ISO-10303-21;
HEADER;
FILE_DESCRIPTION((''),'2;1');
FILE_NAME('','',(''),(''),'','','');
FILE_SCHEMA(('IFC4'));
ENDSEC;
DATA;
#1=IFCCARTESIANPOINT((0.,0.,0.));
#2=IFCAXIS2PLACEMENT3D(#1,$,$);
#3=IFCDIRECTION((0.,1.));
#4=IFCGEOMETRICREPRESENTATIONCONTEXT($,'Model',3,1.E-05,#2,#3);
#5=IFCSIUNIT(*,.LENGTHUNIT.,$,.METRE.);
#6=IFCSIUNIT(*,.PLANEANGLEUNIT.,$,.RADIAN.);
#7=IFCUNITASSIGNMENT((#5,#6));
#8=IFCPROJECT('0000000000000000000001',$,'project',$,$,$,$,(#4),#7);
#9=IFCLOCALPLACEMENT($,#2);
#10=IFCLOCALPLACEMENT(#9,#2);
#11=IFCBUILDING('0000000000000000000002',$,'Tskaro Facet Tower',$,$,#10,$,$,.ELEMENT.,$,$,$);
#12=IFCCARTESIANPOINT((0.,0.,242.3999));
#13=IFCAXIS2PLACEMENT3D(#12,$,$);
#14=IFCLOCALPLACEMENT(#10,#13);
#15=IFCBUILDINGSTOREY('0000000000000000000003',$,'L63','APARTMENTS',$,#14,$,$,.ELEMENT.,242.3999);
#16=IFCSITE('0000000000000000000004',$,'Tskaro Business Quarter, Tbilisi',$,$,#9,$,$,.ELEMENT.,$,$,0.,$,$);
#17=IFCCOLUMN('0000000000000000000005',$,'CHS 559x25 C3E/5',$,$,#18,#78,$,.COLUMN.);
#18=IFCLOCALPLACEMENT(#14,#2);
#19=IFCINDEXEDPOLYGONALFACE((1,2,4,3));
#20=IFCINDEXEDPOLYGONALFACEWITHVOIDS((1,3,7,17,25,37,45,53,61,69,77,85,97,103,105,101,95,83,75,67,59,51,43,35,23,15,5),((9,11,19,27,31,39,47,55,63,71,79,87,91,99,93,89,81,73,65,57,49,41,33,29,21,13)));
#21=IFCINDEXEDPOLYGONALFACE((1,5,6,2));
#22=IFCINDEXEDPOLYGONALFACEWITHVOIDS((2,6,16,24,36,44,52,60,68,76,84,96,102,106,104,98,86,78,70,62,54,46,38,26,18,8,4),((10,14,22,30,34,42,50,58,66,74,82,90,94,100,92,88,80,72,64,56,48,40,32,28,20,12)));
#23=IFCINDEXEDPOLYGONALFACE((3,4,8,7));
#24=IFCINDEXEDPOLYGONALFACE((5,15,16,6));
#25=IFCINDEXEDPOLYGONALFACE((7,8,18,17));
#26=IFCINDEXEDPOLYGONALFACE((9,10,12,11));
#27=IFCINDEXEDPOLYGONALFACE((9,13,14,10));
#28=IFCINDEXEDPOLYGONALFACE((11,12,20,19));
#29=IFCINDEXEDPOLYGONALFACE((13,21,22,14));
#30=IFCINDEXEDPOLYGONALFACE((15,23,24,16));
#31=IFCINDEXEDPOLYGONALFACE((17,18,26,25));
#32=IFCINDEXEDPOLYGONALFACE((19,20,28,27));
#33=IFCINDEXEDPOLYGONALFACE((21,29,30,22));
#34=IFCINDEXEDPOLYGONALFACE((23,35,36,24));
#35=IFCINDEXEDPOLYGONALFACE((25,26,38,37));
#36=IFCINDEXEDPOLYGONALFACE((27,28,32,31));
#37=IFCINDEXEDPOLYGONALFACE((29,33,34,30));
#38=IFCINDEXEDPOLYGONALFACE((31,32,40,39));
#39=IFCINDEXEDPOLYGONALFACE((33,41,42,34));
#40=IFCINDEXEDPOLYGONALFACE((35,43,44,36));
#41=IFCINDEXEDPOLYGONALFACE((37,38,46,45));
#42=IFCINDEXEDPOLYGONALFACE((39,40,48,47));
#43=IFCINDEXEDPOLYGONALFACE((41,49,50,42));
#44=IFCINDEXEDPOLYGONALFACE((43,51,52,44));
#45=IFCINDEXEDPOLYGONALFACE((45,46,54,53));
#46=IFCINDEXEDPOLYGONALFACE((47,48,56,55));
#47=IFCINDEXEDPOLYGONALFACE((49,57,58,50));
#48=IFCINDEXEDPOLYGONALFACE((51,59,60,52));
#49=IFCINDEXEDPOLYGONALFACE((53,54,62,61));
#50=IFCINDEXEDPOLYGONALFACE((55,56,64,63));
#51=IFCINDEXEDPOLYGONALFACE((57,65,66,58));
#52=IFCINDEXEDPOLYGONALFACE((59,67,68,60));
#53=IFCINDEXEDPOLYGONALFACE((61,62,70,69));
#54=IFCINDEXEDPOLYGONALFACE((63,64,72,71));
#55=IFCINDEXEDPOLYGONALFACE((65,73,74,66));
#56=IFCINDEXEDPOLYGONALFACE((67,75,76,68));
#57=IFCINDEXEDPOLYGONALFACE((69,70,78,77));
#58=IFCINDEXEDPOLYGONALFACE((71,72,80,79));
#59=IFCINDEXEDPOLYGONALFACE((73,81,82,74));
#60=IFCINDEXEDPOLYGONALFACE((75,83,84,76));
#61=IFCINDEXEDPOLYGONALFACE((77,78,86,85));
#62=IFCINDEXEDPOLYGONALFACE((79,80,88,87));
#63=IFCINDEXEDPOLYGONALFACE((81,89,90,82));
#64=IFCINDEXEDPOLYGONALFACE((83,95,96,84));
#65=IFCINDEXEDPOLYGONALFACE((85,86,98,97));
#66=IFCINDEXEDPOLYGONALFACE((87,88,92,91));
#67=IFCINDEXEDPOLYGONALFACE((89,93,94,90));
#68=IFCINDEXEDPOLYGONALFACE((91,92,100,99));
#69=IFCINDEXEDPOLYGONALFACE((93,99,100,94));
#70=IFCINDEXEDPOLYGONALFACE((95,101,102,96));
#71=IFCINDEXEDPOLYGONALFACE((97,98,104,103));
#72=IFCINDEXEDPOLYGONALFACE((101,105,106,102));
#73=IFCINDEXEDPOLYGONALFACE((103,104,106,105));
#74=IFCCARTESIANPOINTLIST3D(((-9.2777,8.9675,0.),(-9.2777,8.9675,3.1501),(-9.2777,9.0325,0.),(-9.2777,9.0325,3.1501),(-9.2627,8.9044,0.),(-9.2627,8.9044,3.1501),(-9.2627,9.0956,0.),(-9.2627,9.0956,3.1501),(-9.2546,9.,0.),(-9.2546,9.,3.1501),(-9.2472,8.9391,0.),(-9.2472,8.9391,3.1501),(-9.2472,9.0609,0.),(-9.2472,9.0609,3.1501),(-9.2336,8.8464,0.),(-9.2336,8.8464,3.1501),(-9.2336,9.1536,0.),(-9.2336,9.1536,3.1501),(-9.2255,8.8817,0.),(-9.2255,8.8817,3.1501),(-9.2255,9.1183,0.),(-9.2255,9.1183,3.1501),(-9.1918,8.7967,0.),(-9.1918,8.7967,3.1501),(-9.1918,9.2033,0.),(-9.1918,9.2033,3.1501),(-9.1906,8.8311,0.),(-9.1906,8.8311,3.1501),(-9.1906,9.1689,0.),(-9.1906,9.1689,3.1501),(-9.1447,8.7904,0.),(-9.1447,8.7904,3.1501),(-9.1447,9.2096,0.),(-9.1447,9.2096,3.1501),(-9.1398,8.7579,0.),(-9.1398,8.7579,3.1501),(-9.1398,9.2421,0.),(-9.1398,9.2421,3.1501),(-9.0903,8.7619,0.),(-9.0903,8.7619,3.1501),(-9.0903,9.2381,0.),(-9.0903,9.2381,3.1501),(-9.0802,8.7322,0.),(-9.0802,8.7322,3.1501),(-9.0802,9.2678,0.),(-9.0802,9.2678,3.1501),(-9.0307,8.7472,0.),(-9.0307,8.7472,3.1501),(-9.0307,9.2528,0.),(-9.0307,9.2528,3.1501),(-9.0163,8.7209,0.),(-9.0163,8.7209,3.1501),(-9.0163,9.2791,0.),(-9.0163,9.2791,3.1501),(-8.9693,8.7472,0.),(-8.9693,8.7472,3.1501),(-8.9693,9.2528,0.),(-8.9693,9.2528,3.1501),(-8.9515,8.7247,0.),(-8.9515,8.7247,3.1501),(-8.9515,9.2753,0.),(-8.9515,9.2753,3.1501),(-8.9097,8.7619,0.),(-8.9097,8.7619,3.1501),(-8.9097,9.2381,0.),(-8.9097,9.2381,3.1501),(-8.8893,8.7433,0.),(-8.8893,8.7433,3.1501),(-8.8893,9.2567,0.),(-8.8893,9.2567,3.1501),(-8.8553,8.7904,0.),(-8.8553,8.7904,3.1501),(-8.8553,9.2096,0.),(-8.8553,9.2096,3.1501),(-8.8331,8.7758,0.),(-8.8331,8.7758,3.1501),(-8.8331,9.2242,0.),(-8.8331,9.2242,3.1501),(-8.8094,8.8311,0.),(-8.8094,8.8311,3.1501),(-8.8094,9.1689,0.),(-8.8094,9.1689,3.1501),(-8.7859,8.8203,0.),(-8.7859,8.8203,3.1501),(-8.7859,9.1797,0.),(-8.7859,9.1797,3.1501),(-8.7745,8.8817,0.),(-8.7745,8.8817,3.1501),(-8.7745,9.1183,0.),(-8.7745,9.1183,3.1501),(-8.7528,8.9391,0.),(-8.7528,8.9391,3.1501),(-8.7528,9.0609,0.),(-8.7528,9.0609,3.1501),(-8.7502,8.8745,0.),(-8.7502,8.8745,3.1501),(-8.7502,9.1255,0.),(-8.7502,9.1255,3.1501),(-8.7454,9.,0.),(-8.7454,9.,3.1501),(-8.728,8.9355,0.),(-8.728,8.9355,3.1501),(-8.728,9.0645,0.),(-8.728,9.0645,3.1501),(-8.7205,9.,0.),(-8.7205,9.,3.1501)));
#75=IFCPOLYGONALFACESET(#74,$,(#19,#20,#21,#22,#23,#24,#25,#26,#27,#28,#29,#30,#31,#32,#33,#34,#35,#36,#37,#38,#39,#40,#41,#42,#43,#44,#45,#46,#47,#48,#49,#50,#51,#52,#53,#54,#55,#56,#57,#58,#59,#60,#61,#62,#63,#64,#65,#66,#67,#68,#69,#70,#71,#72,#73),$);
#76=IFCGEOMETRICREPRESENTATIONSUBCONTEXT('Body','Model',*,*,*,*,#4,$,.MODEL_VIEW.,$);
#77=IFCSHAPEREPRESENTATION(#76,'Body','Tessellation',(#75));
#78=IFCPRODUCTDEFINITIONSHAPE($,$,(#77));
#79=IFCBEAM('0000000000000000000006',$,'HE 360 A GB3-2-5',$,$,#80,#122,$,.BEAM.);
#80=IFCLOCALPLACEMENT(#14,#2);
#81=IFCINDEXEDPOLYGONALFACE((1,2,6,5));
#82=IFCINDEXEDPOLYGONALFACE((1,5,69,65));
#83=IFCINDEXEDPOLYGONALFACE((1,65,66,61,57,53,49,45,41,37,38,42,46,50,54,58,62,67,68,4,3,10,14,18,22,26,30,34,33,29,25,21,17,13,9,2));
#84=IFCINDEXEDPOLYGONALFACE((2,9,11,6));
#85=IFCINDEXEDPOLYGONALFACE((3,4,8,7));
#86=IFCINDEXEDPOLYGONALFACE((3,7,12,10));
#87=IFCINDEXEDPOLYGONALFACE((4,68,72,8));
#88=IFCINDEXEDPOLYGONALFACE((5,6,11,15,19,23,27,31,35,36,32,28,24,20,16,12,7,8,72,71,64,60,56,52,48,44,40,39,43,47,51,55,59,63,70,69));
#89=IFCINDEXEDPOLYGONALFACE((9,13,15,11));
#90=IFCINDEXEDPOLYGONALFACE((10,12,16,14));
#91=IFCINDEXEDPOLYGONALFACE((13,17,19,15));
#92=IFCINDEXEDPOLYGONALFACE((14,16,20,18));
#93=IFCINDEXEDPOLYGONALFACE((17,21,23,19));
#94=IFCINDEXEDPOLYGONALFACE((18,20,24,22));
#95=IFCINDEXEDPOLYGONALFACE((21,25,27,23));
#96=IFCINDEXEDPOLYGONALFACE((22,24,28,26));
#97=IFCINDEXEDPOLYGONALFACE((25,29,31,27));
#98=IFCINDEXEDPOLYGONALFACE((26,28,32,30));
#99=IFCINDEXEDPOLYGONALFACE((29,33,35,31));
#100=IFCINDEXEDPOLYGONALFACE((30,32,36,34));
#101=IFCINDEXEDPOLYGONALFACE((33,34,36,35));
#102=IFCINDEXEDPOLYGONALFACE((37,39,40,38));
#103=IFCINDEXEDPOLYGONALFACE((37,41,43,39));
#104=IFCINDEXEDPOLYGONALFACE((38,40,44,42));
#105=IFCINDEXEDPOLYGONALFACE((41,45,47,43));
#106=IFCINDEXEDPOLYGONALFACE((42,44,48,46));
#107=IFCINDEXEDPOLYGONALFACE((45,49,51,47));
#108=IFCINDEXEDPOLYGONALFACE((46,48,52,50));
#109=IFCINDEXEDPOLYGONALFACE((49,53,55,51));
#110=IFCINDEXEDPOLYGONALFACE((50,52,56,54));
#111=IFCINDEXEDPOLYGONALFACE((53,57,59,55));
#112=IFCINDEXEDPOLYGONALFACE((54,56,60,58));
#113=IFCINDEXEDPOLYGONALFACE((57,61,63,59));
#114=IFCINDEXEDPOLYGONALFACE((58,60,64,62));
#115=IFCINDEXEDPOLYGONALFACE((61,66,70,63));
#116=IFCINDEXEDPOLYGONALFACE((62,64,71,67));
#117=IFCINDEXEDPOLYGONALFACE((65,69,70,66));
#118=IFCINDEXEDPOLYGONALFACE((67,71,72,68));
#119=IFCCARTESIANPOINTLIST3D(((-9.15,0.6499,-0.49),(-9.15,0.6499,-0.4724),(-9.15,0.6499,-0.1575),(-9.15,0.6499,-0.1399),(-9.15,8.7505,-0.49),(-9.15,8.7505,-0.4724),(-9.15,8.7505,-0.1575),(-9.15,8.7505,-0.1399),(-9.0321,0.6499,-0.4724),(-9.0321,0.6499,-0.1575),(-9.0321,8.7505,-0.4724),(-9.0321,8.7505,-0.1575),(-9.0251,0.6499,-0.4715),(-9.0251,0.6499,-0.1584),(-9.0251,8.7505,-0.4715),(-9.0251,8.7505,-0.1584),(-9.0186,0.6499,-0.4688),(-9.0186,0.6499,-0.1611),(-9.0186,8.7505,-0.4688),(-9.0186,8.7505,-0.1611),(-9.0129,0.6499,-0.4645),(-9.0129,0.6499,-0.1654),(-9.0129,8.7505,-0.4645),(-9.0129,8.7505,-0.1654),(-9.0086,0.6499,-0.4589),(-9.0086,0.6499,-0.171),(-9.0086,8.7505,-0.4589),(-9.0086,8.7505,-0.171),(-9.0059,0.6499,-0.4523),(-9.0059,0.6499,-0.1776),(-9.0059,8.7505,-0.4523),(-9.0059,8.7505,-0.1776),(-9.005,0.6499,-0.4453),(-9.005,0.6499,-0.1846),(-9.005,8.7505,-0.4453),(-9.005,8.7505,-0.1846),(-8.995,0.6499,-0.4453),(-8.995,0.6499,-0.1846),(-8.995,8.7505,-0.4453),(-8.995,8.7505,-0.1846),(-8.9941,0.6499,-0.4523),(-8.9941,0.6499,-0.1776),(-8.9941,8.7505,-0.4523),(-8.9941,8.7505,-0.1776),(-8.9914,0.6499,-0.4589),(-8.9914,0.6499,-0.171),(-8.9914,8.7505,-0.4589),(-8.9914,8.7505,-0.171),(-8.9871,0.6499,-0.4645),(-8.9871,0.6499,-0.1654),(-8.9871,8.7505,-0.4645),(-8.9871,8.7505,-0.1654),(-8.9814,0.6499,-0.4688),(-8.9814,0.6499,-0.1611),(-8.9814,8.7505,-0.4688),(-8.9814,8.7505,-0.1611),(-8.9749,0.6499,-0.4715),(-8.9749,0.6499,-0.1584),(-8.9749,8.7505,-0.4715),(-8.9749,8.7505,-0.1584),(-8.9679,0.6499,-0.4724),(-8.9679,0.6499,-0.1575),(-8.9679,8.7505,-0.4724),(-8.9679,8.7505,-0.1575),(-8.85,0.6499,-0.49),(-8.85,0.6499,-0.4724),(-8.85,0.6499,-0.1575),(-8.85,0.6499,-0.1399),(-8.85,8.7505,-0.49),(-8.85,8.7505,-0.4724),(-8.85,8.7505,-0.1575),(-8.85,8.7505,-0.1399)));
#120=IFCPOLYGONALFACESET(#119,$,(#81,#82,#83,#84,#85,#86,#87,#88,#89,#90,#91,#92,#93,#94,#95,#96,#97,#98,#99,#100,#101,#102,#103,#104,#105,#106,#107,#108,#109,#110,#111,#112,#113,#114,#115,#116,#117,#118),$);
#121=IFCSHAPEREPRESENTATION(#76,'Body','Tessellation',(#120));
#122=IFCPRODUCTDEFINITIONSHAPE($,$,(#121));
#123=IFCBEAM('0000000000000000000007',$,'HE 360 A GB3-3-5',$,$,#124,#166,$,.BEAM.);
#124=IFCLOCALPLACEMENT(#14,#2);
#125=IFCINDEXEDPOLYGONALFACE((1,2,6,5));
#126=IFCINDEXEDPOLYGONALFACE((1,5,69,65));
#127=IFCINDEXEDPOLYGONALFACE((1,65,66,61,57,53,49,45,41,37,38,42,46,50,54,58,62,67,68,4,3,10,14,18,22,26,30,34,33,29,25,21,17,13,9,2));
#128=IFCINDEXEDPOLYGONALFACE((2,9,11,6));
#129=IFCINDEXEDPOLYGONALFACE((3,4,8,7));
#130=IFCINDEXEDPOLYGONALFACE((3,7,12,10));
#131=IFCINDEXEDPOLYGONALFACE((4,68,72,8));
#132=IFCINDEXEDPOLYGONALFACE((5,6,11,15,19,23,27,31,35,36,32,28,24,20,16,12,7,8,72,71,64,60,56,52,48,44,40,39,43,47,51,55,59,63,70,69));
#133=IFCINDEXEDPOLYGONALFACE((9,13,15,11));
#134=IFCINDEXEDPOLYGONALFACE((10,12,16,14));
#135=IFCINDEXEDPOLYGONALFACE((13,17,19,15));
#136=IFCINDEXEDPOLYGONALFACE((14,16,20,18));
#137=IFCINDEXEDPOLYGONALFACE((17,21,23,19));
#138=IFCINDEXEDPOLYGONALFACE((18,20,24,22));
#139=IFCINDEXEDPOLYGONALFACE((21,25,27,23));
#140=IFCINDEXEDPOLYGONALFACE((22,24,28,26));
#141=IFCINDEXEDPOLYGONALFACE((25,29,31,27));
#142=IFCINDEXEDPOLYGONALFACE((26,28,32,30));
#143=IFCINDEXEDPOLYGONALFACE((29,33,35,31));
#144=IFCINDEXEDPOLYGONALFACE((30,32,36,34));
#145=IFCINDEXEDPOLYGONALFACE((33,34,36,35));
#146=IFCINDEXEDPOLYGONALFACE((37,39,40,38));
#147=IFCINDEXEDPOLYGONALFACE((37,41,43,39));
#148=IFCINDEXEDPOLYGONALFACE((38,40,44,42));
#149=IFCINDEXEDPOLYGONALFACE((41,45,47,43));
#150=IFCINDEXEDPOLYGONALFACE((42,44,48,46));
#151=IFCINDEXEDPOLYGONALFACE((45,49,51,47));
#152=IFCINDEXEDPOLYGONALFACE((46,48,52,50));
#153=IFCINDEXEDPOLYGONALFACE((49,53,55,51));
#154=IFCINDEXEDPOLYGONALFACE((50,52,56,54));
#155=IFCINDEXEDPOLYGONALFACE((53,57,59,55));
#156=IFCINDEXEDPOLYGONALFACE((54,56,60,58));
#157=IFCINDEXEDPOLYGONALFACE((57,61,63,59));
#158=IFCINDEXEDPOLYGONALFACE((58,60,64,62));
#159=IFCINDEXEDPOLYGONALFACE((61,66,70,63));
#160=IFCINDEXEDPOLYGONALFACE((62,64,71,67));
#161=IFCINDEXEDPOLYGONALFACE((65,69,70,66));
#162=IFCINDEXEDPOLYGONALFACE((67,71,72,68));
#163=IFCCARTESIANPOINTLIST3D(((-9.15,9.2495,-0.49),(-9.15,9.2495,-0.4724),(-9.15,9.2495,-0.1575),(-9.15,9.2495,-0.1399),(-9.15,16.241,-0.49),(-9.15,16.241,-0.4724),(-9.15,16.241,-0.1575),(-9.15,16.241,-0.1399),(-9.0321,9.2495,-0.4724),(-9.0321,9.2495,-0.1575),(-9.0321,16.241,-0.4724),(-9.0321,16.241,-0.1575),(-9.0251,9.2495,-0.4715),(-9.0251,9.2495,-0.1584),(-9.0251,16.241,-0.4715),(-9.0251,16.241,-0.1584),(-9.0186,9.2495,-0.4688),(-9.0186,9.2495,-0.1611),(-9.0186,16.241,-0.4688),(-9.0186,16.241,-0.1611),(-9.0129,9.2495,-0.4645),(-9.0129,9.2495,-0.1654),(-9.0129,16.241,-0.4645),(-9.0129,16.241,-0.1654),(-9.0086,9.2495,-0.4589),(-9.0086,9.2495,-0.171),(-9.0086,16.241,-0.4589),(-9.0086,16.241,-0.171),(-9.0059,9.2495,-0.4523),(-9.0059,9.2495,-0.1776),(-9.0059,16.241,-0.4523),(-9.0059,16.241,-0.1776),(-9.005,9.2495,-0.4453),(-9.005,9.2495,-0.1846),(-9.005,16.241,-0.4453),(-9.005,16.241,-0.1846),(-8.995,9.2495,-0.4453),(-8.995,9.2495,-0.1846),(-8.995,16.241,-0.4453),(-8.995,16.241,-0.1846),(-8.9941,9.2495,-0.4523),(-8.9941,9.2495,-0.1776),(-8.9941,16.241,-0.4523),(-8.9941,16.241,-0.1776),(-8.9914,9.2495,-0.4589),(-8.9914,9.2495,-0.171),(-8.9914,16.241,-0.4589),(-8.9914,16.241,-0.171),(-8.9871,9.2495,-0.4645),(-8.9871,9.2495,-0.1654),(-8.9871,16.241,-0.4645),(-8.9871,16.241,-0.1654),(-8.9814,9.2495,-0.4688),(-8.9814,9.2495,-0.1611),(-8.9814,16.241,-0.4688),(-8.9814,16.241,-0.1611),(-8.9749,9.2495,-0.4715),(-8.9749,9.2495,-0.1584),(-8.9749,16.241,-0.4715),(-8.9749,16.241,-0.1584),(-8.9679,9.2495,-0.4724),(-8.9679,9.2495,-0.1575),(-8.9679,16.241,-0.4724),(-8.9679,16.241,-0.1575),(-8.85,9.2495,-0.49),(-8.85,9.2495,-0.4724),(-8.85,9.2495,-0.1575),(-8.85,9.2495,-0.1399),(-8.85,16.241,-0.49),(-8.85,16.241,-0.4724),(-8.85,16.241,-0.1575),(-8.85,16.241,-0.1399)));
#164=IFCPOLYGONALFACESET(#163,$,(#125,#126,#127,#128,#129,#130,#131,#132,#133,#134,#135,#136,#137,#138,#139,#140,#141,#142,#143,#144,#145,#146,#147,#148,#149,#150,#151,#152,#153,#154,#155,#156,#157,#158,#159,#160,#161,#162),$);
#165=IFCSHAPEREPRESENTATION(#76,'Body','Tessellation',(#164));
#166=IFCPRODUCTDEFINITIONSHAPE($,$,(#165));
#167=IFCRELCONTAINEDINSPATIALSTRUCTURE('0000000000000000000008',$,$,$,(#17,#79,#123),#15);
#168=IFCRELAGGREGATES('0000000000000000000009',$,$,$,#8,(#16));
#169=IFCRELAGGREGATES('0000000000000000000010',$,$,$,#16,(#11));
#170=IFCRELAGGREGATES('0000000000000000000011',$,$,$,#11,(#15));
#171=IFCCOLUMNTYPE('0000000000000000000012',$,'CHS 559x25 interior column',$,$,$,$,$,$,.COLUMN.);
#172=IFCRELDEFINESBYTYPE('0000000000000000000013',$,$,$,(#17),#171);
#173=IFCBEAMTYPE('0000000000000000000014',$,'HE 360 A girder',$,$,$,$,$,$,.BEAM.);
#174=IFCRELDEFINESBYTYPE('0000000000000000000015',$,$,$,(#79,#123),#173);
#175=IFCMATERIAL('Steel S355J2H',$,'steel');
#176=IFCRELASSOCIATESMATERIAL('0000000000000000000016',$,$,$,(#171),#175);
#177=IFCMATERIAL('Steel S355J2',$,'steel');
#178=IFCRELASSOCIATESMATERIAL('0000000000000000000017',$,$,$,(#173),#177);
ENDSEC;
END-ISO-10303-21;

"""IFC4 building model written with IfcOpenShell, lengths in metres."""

from ifc_helpers import new_model, si_unit, direction, frame, origin, origin_2d, place, context, subcontext, project, spatial, hollow_circle, i_section, extrude, material, material_profile, profile_set, type_object, element, save


model = new_model("IFC4")

# Units and contexts
model_context = context("Model", 3, precision=1e-05, world=origin(), true_north=direction((0.0, 1.0)))
body_context = subcontext(model_context, "Body", "Model", "MODEL_VIEW")
ifc_project = project(units=[si_unit("LENGTHUNIT", "METRE"), si_unit("PLANEANGLEUNIT", "RADIAN")], contexts=[model_context])

# Site, building, storey
site_placement = place(None, origin())
site = spatial("IfcSite", under=ifc_project, at=site_placement, Name="Tskaro Business Quarter, Tbilisi", CompositionType="ELEMENT", RefElevation=0.0)
building_placement = place(site_placement, origin())
building = spatial("IfcBuilding", under=site, at=building_placement, Name="Tskaro Facet Tower", CompositionType="ELEMENT")
storey_placement = place(building_placement, frame((0.0, 0.0, 242.3999)))
storey = spatial("IfcBuildingStorey", under=building, at=storey_placement, Name="L63", Description="APARTMENTS", CompositionType="ELEMENT", Elevation=242.3999)

# Column
ifc_material_1 = material(Name="Steel S355J2H", Category="steel")
ifc_material_profile_1 = material_profile(ifc_material_1, hollow_circle(Radius=0.2795, WallThickness=0.0249, at=origin_2d()), Name="CHS 559x25")
ifc_profile_set_1 = profile_set([ifc_material_profile_1], Name="Steel S355J2H")
column_type = type_object("IfcColumnType", Name="CHS 559x25 interior column", PredefinedType="COLUMN", material=ifc_profile_set_1)
column_placement = place(storey_placement, frame((-9.0, 9.0, 0.0), z_axis=(0.0, 0.0, 1.0), x_axis=(1.0, 0.0, 0.0)))
element("IfcColumn", 1, at=column_placement, inside=storey, type_object=column_type, Name="CHS 559x25 C3E/5", PredefinedType="COLUMN", context=body_context, shape_type="SweptSolid", body=[
    extrude(hollow_circle(Radius=0.2795, WallThickness=0.0249, at=origin_2d()), origin(), (0.0, 0.0, 1.0), 3.1501),
])

# Beams
ifc_material_2 = material(Name="Steel S355J2", Category="steel")
ifc_material_profile_2 = material_profile(ifc_material_2, i_section(OverallWidth=0.3, OverallDepth=0.3501, WebThickness=0.01, FlangeThickness=0.0176, FilletRadius=0.0271, at=origin_2d()), Name="HE 360 A")
ifc_profile_set_2 = profile_set([ifc_material_profile_2], Name="Steel S355J2")
beam_type_1 = type_object("IfcBeamType", Name="HE 360 A girder", PredefinedType="BEAM", material=ifc_profile_set_2)
beam_1_placement = place(storey_placement, frame((-9.0, 0.6499, -0.3149), z_axis=(0.0, 1.0, 0.0), x_axis=(-1.0, 0.0, 0.0)))
element("IfcBeam", 2, at=beam_1_placement, inside=storey, type_object=beam_type_1, Name="HE 360 A GB3-2-5", PredefinedType="BEAM", context=body_context, shape_type="SweptSolid", body=[
    extrude(i_section(OverallWidth=0.3, OverallDepth=0.3501, WebThickness=0.01, FlangeThickness=0.0176, FilletRadius=0.0271, at=origin_2d()), origin(), (0.0, 0.0, 1.0), 8.1006),
])
beam_2_placement = place(storey_placement, frame((-9.0, 9.2495, -0.3149), z_axis=(0.0, 1.0, 0.0), x_axis=(-1.0, 0.0, 0.0)))
element("IfcBeam", 3, at=beam_2_placement, inside=storey, type_object=beam_type_1, Name="HE 360 A GB3-3-5", PredefinedType="BEAM", context=body_context, shape_type="SweptSolid", body=[
    extrude(i_section(OverallWidth=0.3, OverallDepth=0.3501, WebThickness=0.01, FlangeThickness=0.0176, FilletRadius=0.0271, at=origin_2d()), origin(), (0.0, 0.0, 1.0), 6.9915),
])

save(model, "model.ifc")
